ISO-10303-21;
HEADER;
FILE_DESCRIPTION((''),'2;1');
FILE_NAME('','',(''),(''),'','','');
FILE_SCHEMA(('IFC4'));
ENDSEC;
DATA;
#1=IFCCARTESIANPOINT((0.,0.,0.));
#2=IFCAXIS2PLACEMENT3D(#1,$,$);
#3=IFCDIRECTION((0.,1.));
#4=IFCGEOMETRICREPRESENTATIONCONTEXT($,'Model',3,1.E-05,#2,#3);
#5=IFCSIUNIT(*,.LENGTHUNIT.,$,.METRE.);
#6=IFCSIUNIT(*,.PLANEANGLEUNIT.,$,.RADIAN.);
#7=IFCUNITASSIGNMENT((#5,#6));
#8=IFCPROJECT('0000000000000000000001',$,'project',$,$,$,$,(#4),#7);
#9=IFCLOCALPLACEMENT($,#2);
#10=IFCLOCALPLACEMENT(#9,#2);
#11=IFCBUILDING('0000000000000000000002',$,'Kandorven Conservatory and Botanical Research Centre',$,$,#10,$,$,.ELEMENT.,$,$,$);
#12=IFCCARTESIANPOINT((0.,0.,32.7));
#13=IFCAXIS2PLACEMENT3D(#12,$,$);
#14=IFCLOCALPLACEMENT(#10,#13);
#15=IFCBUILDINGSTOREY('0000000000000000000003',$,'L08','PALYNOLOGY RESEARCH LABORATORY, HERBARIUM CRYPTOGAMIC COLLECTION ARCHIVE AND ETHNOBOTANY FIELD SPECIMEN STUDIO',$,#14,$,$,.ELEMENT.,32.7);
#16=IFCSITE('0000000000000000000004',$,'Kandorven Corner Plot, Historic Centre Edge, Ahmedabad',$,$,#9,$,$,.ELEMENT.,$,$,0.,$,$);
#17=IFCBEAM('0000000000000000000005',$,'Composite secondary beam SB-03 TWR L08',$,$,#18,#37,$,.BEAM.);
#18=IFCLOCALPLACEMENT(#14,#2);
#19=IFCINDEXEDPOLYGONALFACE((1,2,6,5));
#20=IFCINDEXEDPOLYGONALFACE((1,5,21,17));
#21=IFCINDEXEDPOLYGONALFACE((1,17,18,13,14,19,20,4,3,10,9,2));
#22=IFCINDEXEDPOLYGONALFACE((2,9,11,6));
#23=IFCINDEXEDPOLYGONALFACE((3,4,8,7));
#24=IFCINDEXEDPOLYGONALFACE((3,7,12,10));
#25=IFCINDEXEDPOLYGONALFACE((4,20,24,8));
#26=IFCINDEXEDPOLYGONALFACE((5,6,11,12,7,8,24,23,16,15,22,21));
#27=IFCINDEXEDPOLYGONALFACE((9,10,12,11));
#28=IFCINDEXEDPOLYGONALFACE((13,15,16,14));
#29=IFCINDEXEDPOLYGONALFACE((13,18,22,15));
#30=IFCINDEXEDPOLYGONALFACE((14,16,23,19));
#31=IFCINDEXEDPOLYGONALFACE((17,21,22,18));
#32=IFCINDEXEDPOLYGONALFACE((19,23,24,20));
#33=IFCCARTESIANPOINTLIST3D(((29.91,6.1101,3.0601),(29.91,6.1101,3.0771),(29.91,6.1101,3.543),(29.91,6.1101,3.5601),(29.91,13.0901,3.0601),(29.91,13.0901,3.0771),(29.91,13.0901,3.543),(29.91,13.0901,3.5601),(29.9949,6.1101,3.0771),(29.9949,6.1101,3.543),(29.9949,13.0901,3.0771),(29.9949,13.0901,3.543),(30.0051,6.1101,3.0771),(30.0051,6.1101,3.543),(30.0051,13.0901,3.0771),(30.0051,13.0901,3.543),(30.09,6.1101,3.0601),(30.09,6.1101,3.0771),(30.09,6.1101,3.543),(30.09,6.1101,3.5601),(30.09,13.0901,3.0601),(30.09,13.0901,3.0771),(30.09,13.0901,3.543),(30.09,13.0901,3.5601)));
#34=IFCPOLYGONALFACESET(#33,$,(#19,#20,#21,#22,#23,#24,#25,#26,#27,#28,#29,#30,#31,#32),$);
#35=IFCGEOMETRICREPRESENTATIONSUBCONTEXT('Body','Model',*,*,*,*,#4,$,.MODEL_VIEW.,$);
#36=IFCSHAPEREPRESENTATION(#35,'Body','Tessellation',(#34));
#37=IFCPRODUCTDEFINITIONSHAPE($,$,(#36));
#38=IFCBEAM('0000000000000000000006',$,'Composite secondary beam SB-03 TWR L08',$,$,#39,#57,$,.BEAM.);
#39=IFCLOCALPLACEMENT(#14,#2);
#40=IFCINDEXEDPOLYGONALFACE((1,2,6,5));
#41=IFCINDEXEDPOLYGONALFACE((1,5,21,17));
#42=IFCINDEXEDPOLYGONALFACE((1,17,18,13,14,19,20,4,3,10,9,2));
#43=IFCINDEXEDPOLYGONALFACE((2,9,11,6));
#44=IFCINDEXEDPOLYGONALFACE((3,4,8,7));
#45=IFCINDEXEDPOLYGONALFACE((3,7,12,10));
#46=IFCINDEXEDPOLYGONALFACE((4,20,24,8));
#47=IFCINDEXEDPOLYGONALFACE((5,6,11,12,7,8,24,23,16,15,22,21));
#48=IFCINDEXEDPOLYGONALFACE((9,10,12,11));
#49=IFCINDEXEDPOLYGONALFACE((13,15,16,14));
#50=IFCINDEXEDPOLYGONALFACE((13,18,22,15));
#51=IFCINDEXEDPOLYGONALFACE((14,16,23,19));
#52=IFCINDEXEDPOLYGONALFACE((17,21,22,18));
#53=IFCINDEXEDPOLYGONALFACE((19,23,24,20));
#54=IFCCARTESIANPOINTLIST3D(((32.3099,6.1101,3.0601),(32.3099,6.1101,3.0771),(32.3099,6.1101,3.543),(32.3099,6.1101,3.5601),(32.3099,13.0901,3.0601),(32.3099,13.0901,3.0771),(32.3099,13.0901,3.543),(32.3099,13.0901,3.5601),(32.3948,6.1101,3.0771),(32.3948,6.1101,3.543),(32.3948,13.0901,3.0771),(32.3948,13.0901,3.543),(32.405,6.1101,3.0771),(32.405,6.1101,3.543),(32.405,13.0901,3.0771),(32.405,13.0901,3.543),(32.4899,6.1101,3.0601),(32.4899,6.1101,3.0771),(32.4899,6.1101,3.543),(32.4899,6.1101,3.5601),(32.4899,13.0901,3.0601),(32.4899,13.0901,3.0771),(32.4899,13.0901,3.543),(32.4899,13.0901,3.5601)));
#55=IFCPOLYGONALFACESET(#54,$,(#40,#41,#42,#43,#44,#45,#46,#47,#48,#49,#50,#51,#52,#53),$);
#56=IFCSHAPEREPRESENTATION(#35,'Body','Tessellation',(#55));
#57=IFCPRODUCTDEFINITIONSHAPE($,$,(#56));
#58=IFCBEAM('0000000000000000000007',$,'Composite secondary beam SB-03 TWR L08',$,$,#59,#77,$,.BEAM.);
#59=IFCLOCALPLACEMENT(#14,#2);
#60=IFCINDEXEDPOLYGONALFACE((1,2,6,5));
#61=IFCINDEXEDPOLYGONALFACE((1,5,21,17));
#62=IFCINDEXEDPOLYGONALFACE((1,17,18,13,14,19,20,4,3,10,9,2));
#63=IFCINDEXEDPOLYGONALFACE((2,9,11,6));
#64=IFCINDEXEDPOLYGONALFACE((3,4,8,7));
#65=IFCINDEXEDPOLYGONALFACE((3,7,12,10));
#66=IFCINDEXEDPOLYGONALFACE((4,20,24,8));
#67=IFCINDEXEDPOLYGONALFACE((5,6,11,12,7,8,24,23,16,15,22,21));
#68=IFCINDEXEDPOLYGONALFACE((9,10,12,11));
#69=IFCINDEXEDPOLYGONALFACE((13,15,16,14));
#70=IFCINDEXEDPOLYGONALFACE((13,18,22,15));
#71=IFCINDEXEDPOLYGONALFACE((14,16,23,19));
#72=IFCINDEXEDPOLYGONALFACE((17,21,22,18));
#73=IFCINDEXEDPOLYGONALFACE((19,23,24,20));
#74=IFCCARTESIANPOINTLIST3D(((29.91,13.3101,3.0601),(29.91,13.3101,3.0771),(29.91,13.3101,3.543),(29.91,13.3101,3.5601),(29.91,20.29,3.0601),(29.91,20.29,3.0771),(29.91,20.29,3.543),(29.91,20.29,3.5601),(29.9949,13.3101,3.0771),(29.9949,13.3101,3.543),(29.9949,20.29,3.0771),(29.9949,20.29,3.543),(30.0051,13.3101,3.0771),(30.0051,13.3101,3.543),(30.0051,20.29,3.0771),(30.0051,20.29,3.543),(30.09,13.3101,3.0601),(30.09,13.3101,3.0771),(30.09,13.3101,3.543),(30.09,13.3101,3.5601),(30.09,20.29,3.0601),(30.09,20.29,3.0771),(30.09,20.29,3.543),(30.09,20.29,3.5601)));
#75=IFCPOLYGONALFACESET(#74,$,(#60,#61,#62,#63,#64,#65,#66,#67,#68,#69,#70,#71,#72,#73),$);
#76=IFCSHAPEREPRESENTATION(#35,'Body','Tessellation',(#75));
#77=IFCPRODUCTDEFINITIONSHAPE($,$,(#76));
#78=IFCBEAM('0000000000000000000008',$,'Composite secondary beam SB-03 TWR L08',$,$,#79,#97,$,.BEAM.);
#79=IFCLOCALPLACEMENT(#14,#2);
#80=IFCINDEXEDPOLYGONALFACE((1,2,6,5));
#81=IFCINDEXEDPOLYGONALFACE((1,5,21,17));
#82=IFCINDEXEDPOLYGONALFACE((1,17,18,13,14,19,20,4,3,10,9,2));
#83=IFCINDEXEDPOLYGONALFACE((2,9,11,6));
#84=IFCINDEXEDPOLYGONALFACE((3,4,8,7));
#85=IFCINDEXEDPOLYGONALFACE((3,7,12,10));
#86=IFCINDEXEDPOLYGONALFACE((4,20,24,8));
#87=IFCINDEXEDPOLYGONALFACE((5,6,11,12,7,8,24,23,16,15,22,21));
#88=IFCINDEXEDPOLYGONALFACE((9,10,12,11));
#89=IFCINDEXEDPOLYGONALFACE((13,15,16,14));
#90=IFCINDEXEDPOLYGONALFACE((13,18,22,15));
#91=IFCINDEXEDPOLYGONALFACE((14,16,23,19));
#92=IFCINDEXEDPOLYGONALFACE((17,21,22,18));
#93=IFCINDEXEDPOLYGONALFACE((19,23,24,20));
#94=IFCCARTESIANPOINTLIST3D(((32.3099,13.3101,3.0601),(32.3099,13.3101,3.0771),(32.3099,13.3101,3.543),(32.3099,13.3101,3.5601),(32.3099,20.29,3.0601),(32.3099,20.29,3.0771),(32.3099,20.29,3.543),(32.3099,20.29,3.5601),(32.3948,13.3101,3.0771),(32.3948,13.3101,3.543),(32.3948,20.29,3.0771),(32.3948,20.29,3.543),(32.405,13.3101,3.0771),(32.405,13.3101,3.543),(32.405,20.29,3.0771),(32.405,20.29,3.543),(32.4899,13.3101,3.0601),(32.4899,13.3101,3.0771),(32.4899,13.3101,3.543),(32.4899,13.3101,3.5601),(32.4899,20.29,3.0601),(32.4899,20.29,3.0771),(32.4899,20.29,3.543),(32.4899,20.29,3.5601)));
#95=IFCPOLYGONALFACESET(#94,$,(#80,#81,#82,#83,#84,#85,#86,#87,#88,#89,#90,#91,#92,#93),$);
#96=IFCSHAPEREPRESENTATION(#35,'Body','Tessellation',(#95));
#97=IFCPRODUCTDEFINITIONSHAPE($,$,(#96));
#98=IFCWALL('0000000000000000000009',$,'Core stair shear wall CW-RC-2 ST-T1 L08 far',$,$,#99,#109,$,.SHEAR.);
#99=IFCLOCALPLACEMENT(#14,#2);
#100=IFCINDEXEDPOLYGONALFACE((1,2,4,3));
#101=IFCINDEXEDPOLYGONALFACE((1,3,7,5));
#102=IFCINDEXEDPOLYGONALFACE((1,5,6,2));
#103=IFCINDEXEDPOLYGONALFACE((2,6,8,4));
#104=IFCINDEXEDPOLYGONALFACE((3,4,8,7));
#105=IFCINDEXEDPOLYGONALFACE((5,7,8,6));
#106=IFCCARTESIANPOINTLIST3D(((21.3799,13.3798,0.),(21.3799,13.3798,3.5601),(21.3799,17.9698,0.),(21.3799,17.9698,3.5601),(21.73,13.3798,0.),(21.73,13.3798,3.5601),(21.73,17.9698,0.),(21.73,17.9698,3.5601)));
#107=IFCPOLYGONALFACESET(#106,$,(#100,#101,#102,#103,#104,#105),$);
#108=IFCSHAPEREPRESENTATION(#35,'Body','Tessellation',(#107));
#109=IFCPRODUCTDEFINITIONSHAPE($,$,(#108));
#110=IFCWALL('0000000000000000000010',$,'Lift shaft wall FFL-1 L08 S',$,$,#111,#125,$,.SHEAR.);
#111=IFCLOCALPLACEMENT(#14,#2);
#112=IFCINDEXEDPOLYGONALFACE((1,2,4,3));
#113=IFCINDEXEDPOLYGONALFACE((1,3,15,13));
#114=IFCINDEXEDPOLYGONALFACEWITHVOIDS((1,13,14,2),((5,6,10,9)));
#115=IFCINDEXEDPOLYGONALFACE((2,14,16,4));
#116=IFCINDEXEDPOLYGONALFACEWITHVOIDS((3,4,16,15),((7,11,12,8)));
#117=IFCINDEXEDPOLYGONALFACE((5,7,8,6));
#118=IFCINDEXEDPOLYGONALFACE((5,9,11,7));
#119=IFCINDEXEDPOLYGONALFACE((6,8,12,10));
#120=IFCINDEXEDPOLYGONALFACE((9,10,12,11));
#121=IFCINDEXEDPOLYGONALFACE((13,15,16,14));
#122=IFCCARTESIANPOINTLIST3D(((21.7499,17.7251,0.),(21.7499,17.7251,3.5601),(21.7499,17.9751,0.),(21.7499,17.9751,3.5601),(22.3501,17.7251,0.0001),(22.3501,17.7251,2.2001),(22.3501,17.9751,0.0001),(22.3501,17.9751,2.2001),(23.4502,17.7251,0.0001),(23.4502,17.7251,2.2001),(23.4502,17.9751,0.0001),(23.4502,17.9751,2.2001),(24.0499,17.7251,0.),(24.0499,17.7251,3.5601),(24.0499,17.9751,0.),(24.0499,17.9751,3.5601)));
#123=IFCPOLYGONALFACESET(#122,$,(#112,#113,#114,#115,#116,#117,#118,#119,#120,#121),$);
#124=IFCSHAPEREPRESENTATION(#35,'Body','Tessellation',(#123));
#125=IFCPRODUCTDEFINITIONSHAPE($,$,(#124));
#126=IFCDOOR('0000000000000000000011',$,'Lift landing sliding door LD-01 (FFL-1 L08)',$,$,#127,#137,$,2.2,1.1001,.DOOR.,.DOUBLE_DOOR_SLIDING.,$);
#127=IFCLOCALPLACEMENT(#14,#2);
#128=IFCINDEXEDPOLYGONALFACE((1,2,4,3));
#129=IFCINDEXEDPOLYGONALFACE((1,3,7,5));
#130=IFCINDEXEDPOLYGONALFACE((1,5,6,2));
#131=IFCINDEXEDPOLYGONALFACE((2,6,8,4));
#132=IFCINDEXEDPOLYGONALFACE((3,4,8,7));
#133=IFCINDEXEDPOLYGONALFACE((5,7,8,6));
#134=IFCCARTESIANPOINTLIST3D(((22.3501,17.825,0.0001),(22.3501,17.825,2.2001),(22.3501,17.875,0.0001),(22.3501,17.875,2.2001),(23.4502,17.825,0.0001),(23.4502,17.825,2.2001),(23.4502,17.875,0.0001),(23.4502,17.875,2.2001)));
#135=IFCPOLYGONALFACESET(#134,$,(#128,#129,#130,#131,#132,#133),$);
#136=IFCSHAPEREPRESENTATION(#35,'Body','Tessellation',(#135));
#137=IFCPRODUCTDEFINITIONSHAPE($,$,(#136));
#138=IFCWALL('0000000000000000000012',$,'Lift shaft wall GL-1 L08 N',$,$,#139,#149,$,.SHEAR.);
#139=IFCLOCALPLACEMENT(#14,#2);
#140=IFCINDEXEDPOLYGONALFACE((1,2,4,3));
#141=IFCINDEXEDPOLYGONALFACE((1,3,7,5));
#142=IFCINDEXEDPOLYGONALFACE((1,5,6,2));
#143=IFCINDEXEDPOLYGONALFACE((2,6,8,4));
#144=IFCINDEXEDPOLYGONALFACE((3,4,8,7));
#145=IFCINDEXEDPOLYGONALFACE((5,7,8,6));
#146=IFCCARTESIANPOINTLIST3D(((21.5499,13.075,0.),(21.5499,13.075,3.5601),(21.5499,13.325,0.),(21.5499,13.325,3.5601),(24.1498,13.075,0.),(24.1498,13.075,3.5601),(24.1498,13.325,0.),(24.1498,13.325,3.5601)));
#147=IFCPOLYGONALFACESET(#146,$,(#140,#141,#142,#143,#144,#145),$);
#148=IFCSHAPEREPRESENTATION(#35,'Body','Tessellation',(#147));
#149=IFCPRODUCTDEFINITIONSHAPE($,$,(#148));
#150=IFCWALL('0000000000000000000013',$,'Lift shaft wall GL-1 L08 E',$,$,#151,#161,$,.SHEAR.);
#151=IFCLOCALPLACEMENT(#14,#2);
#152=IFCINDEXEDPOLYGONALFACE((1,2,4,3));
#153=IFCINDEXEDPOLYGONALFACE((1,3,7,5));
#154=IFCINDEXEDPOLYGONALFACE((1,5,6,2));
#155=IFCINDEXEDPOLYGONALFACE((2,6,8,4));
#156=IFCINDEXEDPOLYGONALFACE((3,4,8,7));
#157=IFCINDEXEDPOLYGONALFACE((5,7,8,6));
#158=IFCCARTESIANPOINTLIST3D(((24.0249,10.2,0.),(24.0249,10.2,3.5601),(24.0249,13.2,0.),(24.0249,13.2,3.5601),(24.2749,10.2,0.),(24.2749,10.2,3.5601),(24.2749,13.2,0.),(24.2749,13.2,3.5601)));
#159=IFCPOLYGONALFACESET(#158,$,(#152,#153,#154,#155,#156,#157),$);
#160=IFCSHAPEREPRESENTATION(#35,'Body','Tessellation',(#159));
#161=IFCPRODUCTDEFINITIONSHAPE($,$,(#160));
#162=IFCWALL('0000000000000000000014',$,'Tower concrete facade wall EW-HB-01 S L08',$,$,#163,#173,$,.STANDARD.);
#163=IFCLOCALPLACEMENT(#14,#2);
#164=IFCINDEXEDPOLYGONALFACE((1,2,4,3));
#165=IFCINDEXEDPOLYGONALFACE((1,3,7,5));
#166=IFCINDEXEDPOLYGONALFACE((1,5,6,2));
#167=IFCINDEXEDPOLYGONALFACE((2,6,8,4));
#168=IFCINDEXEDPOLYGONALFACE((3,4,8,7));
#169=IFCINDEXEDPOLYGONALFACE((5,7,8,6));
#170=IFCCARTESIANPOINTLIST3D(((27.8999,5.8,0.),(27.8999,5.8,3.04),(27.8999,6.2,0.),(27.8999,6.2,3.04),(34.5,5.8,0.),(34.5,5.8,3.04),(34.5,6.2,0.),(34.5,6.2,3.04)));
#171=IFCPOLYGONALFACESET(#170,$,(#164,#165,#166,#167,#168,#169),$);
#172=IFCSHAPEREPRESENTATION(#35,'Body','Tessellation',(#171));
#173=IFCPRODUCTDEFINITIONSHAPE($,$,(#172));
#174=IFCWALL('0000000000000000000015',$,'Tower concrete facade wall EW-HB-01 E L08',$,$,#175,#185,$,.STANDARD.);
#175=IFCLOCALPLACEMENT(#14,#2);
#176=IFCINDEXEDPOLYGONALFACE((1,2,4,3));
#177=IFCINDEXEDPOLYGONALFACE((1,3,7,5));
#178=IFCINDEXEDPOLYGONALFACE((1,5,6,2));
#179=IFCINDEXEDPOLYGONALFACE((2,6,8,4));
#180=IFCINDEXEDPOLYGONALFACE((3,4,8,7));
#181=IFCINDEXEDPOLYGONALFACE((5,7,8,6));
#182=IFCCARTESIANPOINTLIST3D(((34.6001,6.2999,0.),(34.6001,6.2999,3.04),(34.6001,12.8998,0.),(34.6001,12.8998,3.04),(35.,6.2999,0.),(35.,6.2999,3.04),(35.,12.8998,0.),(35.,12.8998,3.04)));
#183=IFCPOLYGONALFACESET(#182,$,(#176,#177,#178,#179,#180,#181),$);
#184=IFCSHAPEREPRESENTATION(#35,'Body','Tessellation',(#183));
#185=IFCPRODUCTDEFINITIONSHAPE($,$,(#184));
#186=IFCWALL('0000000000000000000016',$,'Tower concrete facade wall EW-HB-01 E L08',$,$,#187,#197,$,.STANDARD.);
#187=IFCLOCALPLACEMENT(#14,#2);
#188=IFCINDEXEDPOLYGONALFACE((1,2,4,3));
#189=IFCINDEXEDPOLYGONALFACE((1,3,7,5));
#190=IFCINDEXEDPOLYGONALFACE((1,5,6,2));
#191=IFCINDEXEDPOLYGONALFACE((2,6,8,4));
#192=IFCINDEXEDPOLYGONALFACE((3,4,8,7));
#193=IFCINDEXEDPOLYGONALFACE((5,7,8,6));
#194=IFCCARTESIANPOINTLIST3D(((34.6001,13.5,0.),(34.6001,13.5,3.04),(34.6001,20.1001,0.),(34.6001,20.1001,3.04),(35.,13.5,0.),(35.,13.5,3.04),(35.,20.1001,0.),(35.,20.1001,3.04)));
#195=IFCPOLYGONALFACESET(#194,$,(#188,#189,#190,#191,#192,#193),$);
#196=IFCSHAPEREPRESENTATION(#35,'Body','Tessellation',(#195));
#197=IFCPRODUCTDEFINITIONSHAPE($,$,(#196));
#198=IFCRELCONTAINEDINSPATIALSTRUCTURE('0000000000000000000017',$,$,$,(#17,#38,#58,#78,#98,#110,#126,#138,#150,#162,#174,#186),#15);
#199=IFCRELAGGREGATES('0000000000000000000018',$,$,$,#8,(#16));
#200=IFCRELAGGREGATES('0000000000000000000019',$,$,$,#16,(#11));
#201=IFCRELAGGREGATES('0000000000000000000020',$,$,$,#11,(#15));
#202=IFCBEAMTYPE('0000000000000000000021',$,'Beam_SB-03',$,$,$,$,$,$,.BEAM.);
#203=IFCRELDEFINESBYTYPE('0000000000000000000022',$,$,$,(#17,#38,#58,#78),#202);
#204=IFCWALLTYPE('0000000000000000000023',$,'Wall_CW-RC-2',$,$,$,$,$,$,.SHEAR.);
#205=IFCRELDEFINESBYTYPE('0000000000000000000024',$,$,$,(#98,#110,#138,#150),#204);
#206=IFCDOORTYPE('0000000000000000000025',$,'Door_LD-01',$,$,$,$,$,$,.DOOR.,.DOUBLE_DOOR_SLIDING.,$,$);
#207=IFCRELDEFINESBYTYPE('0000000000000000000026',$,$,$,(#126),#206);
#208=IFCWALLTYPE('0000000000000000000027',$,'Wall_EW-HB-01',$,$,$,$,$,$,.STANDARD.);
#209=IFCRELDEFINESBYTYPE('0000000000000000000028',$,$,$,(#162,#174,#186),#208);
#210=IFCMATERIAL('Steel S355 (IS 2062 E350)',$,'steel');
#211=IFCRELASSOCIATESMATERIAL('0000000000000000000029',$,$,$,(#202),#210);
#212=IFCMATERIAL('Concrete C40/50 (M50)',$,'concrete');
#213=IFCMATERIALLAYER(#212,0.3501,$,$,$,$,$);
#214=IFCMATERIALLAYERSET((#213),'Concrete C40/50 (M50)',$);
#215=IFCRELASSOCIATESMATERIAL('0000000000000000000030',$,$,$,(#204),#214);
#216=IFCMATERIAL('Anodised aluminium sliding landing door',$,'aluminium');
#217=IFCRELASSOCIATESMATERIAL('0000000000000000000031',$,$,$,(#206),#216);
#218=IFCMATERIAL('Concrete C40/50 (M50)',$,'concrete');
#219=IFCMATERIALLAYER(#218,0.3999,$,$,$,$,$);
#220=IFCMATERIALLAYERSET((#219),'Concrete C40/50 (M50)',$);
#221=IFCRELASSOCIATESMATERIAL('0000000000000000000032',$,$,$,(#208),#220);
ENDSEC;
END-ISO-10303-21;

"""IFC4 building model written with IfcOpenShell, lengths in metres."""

from ifc_helpers import new_model, si_unit, direction, frame, frame_2d, origin, origin_2d, place, context, subcontext, project, spatial, rectangle, i_section, extrude, material, layer, layer_set, material_profile, profile_set, type_object, element, fill, save


model = new_model("IFC4")

# Units and contexts
model_context = context("Model", 3, precision=1e-05, world=origin(), true_north=direction((0.0, 1.0)))
body_context = subcontext(model_context, "Body", "Model", "MODEL_VIEW")
ifc_project = project(units=[si_unit("LENGTHUNIT", "METRE"), si_unit("PLANEANGLEUNIT", "RADIAN")], contexts=[model_context])

# Site, building, storey
site_placement = place(None, origin())
site = spatial("IfcSite", under=ifc_project, at=site_placement, Name="Kandorven Corner Plot, Historic Centre Edge, Ahmedabad", CompositionType="ELEMENT", RefElevation=0.0)
building_placement = place(site_placement, origin())
building = spatial("IfcBuilding", under=site, at=building_placement, Name="Kandorven Conservatory and Botanical Research Centre", CompositionType="ELEMENT")
storey_placement = place(building_placement, frame((0.0, 0.0, 32.7)))
storey = spatial("IfcBuildingStorey", under=building, at=storey_placement, Name="L08", Description="PALYNOLOGY RESEARCH LABORATORY, HERBARIUM CRYPTOGAMIC COLLECTION ARCHIVE AND ETHNOBOTANY FIELD SPECIMEN STUDIO", CompositionType="ELEMENT", Elevation=32.7)

# Beams
ifc_material_1 = material(Name="Steel S355 (IS 2062 E350)", Category="steel")
ifc_material_profile_1 = material_profile(ifc_material_1, i_section(OverallWidth=0.1799, OverallDepth=0.5, WebThickness=0.0103, FlangeThickness=0.0171, at=origin_2d()))
ifc_profile_set_1 = profile_set([ifc_material_profile_1], Name="Steel S355 (IS 2062 E350)")
beam_type_1 = type_object("IfcBeamType", Name="Beam_SB-03", PredefinedType="BEAM", material=ifc_profile_set_1)
for number, where, z_axis, x_axis, name in (
    (1, (30.0, 6.1101, 3.3101), (0.0, 1.0, 0.0), (-1.0, 0.0, 0.0), "Composite secondary beam SB-03 TWR L08"),
    (2, (32.3999, 6.1101, 3.3101), (0.0, 1.0, 0.0), (-1.0, 0.0, 0.0), "Composite secondary beam SB-03 TWR L08"),
    (3, (30.0, 13.3101, 3.3101), (0.0, 1.0, 0.0), (-1.0, 0.0, 0.0), "Composite secondary beam SB-03 TWR L08"),
    (4, (32.3999, 13.3101, 3.3101), (0.0, 1.0, 0.0), (-1.0, 0.0, 0.0), "Composite secondary beam SB-03 TWR L08"),
):
    element("IfcBeam", number, at=place(storey_placement, frame(where, z_axis=z_axis, x_axis=x_axis)), inside=storey, type_object=beam_type_1, Name=name, PredefinedType="BEAM", context=body_context, shape_type="SweptSolid", body=[
        extrude(i_section(OverallWidth=0.1799, OverallDepth=0.5, WebThickness=0.0103, FlangeThickness=0.0171, at=origin_2d()), origin(), (0.0, 0.0, 1.0), 6.98),
    ])

# Wall
ifc_material_2 = material(Name="Concrete C40/50 (M50)", Category="concrete")
ifc_layer_1 = layer(ifc_material_2, 0.3501)
ifc_layer_set_1 = layer_set([ifc_layer_1], Name="Concrete C40/50 (M50)")
wall_type_1 = type_object("IfcWallType", Name="Wall_CW-RC-2", PredefinedType="SHEAR", material=ifc_layer_set_1)
wall_1_placement = place(storey_placement, frame((21.5549, 13.3799, 0.0), z_axis=(0.0, 0.0, 1.0), x_axis=(0.0, 1.0, 0.0)))
element("IfcWall", 5, at=wall_1_placement, inside=storey, type_object=wall_type_1, Name="Core stair shear wall CW-RC-2 ST-T1 L08 far", PredefinedType="SHEAR", context=body_context, shape_type="SweptSolid", body=[
    extrude(rectangle(XDim=4.5901, YDim=0.3501, at=frame_2d((2.2949, 0.0))), origin(), (0.0, 0.0, 1.0), 3.5601),
])

# Wall, opening, door
wall_2_placement = place(storey_placement, frame((21.75, 17.8501, 0.0), z_axis=(0.0, 0.0, 1.0), x_axis=(1.0, 0.0, 0.0)))
wall_2 = element("IfcWall", 6, at=wall_2_placement, inside=storey, type_object=wall_type_1, Name="Lift shaft wall FFL-1 L08 S", PredefinedType="SHEAR", context=body_context, shape_type="SweptSolid", body=[
    extrude(rectangle(XDim=2.3, YDim=0.25, at=frame_2d((1.1499, 0.0))), origin(), (0.0, 0.0, 1.0), 3.5601),
])
opening_1_placement = place(wall_2_placement, frame((0.6001, 0.0, 0.0)))
opening_1 = element("IfcOpeningElement", 7, at=opening_1_placement, cuts=wall_2, PredefinedType="OPENING", context=body_context, shape_type="SweptSolid", body=[
    extrude(rectangle(XDim=1.1001, YDim=2.2, at=frame_2d((0.55, 1.1001))), frame((0.0, 0.135, 0.0), z_axis=(0.0, -1.0, 0.0), x_axis=(1.0, 0.0, 0.0)), (0.0, 0.0, 1.0), 0.27),
])
ifc_material_3 = material(Name="Anodised aluminium sliding landing door", Category="aluminium")
door_type_1 = type_object("IfcDoorType", Name="Door_LD-01", OperationType="DOUBLE_DOOR_SLIDING", PredefinedType="DOOR", material=ifc_material_3)
door_1_placement = place(opening_1_placement, origin())
door_1 = element("IfcDoor", 8, at=door_1_placement, inside=storey, type_object=door_type_1, Name="Lift landing sliding door LD-01 (FFL-1 L08)", OperationType="DOUBLE_DOOR_SLIDING", OverallHeight=2.2, OverallWidth=1.1001, PredefinedType="DOOR", context=body_context, shape_type="SweptSolid", body=[
    extrude(rectangle(XDim=1.1001, YDim=2.2, at=frame_2d((0.55, 1.1001))), frame((0.0, 0.0249, 0.0), z_axis=(0.0, -1.0, 0.0), x_axis=(1.0, 0.0, 0.0)), (0.0, 0.0, 1.0), 0.05),
])
fill(opening_1, door_1)

# Walls
wall_3_placement = place(storey_placement, frame((21.55, 13.2, 0.0), z_axis=(0.0, 0.0, 1.0), x_axis=(1.0, 0.0, 0.0)))
element("IfcWall", 9, at=wall_3_placement, inside=storey, type_object=wall_type_1, Name="Lift shaft wall GL-1 L08 N", PredefinedType="SHEAR", context=body_context, shape_type="SweptSolid", body=[
    extrude(rectangle(XDim=2.5999, YDim=0.25, at=frame_2d((1.2998, 0.0))), origin(), (0.0, 0.0, 1.0), 3.5601),
])
wall_4_placement = place(storey_placement, frame((24.1499, 10.2, 0.0), z_axis=(0.0, 0.0, 1.0), x_axis=(0.0, 1.0, 0.0)))
element("IfcWall", 10, at=wall_4_placement, inside=storey, type_object=wall_type_1, Name="Lift shaft wall GL-1 L08 E", PredefinedType="SHEAR", context=body_context, shape_type="SweptSolid", body=[
    extrude(rectangle(XDim=3.0, YDim=0.25, at=frame_2d((1.5, 0.0))), origin(), (0.0, 0.0, 1.0), 3.5601),
])
ifc_material_4 = material(Name="Concrete C40/50 (M50)", Category="concrete")
ifc_layer_2 = layer(ifc_material_4, 0.3999)
ifc_layer_set_2 = layer_set([ifc_layer_2], Name="Concrete C40/50 (M50)")
wall_type_2 = type_object("IfcWallType", Name="Wall_EW-HB-01", PredefinedType="STANDARD", material=ifc_layer_set_2)
wall_5_placement = place(storey_placement, frame((27.8999, 6.0, 0.0), z_axis=(0.0, 0.0, 1.0), x_axis=(1.0, 0.0, 0.0)))
element("IfcWall", 11, at=wall_5_placement, inside=storey, type_object=wall_type_2, Name="Tower concrete facade wall EW-HB-01 S L08", PredefinedType="STANDARD", context=body_context, shape_type="SweptSolid", body=[
    extrude(rectangle(XDim=6.6001, YDim=0.3999, at=frame_2d((3.3, 0.0))), origin(), (0.0, 0.0, 1.0), 3.04),
])
wall_6_placement = place(storey_placement, frame((34.8, 6.3, 0.0), z_axis=(0.0, 0.0, 1.0), x_axis=(0.0, 1.0, 0.0)))
element("IfcWall", 12, at=wall_6_placement, inside=storey, type_object=wall_type_2, Name="Tower concrete facade wall EW-HB-01 E L08", PredefinedType="STANDARD", context=body_context, shape_type="SweptSolid", body=[
    extrude(rectangle(XDim=6.5999, YDim=0.3999, at=frame_2d((3.2998, 0.0))), origin(), (0.0, 0.0, 1.0), 3.04),
])
wall_7_placement = place(storey_placement, frame((34.8, 13.5, 0.0), z_axis=(0.0, 0.0, 1.0), x_axis=(0.0, 1.0, 0.0)))
element("IfcWall", 13, at=wall_7_placement, inside=storey, type_object=wall_type_2, Name="Tower concrete facade wall EW-HB-01 E L08", PredefinedType="STANDARD", context=body_context, shape_type="SweptSolid", body=[
    extrude(rectangle(XDim=6.6001, YDim=0.3999, at=frame_2d((3.3, 0.0))), origin(), (0.0, 0.0, 1.0), 3.04),
])

save(model, "model.ifc")
